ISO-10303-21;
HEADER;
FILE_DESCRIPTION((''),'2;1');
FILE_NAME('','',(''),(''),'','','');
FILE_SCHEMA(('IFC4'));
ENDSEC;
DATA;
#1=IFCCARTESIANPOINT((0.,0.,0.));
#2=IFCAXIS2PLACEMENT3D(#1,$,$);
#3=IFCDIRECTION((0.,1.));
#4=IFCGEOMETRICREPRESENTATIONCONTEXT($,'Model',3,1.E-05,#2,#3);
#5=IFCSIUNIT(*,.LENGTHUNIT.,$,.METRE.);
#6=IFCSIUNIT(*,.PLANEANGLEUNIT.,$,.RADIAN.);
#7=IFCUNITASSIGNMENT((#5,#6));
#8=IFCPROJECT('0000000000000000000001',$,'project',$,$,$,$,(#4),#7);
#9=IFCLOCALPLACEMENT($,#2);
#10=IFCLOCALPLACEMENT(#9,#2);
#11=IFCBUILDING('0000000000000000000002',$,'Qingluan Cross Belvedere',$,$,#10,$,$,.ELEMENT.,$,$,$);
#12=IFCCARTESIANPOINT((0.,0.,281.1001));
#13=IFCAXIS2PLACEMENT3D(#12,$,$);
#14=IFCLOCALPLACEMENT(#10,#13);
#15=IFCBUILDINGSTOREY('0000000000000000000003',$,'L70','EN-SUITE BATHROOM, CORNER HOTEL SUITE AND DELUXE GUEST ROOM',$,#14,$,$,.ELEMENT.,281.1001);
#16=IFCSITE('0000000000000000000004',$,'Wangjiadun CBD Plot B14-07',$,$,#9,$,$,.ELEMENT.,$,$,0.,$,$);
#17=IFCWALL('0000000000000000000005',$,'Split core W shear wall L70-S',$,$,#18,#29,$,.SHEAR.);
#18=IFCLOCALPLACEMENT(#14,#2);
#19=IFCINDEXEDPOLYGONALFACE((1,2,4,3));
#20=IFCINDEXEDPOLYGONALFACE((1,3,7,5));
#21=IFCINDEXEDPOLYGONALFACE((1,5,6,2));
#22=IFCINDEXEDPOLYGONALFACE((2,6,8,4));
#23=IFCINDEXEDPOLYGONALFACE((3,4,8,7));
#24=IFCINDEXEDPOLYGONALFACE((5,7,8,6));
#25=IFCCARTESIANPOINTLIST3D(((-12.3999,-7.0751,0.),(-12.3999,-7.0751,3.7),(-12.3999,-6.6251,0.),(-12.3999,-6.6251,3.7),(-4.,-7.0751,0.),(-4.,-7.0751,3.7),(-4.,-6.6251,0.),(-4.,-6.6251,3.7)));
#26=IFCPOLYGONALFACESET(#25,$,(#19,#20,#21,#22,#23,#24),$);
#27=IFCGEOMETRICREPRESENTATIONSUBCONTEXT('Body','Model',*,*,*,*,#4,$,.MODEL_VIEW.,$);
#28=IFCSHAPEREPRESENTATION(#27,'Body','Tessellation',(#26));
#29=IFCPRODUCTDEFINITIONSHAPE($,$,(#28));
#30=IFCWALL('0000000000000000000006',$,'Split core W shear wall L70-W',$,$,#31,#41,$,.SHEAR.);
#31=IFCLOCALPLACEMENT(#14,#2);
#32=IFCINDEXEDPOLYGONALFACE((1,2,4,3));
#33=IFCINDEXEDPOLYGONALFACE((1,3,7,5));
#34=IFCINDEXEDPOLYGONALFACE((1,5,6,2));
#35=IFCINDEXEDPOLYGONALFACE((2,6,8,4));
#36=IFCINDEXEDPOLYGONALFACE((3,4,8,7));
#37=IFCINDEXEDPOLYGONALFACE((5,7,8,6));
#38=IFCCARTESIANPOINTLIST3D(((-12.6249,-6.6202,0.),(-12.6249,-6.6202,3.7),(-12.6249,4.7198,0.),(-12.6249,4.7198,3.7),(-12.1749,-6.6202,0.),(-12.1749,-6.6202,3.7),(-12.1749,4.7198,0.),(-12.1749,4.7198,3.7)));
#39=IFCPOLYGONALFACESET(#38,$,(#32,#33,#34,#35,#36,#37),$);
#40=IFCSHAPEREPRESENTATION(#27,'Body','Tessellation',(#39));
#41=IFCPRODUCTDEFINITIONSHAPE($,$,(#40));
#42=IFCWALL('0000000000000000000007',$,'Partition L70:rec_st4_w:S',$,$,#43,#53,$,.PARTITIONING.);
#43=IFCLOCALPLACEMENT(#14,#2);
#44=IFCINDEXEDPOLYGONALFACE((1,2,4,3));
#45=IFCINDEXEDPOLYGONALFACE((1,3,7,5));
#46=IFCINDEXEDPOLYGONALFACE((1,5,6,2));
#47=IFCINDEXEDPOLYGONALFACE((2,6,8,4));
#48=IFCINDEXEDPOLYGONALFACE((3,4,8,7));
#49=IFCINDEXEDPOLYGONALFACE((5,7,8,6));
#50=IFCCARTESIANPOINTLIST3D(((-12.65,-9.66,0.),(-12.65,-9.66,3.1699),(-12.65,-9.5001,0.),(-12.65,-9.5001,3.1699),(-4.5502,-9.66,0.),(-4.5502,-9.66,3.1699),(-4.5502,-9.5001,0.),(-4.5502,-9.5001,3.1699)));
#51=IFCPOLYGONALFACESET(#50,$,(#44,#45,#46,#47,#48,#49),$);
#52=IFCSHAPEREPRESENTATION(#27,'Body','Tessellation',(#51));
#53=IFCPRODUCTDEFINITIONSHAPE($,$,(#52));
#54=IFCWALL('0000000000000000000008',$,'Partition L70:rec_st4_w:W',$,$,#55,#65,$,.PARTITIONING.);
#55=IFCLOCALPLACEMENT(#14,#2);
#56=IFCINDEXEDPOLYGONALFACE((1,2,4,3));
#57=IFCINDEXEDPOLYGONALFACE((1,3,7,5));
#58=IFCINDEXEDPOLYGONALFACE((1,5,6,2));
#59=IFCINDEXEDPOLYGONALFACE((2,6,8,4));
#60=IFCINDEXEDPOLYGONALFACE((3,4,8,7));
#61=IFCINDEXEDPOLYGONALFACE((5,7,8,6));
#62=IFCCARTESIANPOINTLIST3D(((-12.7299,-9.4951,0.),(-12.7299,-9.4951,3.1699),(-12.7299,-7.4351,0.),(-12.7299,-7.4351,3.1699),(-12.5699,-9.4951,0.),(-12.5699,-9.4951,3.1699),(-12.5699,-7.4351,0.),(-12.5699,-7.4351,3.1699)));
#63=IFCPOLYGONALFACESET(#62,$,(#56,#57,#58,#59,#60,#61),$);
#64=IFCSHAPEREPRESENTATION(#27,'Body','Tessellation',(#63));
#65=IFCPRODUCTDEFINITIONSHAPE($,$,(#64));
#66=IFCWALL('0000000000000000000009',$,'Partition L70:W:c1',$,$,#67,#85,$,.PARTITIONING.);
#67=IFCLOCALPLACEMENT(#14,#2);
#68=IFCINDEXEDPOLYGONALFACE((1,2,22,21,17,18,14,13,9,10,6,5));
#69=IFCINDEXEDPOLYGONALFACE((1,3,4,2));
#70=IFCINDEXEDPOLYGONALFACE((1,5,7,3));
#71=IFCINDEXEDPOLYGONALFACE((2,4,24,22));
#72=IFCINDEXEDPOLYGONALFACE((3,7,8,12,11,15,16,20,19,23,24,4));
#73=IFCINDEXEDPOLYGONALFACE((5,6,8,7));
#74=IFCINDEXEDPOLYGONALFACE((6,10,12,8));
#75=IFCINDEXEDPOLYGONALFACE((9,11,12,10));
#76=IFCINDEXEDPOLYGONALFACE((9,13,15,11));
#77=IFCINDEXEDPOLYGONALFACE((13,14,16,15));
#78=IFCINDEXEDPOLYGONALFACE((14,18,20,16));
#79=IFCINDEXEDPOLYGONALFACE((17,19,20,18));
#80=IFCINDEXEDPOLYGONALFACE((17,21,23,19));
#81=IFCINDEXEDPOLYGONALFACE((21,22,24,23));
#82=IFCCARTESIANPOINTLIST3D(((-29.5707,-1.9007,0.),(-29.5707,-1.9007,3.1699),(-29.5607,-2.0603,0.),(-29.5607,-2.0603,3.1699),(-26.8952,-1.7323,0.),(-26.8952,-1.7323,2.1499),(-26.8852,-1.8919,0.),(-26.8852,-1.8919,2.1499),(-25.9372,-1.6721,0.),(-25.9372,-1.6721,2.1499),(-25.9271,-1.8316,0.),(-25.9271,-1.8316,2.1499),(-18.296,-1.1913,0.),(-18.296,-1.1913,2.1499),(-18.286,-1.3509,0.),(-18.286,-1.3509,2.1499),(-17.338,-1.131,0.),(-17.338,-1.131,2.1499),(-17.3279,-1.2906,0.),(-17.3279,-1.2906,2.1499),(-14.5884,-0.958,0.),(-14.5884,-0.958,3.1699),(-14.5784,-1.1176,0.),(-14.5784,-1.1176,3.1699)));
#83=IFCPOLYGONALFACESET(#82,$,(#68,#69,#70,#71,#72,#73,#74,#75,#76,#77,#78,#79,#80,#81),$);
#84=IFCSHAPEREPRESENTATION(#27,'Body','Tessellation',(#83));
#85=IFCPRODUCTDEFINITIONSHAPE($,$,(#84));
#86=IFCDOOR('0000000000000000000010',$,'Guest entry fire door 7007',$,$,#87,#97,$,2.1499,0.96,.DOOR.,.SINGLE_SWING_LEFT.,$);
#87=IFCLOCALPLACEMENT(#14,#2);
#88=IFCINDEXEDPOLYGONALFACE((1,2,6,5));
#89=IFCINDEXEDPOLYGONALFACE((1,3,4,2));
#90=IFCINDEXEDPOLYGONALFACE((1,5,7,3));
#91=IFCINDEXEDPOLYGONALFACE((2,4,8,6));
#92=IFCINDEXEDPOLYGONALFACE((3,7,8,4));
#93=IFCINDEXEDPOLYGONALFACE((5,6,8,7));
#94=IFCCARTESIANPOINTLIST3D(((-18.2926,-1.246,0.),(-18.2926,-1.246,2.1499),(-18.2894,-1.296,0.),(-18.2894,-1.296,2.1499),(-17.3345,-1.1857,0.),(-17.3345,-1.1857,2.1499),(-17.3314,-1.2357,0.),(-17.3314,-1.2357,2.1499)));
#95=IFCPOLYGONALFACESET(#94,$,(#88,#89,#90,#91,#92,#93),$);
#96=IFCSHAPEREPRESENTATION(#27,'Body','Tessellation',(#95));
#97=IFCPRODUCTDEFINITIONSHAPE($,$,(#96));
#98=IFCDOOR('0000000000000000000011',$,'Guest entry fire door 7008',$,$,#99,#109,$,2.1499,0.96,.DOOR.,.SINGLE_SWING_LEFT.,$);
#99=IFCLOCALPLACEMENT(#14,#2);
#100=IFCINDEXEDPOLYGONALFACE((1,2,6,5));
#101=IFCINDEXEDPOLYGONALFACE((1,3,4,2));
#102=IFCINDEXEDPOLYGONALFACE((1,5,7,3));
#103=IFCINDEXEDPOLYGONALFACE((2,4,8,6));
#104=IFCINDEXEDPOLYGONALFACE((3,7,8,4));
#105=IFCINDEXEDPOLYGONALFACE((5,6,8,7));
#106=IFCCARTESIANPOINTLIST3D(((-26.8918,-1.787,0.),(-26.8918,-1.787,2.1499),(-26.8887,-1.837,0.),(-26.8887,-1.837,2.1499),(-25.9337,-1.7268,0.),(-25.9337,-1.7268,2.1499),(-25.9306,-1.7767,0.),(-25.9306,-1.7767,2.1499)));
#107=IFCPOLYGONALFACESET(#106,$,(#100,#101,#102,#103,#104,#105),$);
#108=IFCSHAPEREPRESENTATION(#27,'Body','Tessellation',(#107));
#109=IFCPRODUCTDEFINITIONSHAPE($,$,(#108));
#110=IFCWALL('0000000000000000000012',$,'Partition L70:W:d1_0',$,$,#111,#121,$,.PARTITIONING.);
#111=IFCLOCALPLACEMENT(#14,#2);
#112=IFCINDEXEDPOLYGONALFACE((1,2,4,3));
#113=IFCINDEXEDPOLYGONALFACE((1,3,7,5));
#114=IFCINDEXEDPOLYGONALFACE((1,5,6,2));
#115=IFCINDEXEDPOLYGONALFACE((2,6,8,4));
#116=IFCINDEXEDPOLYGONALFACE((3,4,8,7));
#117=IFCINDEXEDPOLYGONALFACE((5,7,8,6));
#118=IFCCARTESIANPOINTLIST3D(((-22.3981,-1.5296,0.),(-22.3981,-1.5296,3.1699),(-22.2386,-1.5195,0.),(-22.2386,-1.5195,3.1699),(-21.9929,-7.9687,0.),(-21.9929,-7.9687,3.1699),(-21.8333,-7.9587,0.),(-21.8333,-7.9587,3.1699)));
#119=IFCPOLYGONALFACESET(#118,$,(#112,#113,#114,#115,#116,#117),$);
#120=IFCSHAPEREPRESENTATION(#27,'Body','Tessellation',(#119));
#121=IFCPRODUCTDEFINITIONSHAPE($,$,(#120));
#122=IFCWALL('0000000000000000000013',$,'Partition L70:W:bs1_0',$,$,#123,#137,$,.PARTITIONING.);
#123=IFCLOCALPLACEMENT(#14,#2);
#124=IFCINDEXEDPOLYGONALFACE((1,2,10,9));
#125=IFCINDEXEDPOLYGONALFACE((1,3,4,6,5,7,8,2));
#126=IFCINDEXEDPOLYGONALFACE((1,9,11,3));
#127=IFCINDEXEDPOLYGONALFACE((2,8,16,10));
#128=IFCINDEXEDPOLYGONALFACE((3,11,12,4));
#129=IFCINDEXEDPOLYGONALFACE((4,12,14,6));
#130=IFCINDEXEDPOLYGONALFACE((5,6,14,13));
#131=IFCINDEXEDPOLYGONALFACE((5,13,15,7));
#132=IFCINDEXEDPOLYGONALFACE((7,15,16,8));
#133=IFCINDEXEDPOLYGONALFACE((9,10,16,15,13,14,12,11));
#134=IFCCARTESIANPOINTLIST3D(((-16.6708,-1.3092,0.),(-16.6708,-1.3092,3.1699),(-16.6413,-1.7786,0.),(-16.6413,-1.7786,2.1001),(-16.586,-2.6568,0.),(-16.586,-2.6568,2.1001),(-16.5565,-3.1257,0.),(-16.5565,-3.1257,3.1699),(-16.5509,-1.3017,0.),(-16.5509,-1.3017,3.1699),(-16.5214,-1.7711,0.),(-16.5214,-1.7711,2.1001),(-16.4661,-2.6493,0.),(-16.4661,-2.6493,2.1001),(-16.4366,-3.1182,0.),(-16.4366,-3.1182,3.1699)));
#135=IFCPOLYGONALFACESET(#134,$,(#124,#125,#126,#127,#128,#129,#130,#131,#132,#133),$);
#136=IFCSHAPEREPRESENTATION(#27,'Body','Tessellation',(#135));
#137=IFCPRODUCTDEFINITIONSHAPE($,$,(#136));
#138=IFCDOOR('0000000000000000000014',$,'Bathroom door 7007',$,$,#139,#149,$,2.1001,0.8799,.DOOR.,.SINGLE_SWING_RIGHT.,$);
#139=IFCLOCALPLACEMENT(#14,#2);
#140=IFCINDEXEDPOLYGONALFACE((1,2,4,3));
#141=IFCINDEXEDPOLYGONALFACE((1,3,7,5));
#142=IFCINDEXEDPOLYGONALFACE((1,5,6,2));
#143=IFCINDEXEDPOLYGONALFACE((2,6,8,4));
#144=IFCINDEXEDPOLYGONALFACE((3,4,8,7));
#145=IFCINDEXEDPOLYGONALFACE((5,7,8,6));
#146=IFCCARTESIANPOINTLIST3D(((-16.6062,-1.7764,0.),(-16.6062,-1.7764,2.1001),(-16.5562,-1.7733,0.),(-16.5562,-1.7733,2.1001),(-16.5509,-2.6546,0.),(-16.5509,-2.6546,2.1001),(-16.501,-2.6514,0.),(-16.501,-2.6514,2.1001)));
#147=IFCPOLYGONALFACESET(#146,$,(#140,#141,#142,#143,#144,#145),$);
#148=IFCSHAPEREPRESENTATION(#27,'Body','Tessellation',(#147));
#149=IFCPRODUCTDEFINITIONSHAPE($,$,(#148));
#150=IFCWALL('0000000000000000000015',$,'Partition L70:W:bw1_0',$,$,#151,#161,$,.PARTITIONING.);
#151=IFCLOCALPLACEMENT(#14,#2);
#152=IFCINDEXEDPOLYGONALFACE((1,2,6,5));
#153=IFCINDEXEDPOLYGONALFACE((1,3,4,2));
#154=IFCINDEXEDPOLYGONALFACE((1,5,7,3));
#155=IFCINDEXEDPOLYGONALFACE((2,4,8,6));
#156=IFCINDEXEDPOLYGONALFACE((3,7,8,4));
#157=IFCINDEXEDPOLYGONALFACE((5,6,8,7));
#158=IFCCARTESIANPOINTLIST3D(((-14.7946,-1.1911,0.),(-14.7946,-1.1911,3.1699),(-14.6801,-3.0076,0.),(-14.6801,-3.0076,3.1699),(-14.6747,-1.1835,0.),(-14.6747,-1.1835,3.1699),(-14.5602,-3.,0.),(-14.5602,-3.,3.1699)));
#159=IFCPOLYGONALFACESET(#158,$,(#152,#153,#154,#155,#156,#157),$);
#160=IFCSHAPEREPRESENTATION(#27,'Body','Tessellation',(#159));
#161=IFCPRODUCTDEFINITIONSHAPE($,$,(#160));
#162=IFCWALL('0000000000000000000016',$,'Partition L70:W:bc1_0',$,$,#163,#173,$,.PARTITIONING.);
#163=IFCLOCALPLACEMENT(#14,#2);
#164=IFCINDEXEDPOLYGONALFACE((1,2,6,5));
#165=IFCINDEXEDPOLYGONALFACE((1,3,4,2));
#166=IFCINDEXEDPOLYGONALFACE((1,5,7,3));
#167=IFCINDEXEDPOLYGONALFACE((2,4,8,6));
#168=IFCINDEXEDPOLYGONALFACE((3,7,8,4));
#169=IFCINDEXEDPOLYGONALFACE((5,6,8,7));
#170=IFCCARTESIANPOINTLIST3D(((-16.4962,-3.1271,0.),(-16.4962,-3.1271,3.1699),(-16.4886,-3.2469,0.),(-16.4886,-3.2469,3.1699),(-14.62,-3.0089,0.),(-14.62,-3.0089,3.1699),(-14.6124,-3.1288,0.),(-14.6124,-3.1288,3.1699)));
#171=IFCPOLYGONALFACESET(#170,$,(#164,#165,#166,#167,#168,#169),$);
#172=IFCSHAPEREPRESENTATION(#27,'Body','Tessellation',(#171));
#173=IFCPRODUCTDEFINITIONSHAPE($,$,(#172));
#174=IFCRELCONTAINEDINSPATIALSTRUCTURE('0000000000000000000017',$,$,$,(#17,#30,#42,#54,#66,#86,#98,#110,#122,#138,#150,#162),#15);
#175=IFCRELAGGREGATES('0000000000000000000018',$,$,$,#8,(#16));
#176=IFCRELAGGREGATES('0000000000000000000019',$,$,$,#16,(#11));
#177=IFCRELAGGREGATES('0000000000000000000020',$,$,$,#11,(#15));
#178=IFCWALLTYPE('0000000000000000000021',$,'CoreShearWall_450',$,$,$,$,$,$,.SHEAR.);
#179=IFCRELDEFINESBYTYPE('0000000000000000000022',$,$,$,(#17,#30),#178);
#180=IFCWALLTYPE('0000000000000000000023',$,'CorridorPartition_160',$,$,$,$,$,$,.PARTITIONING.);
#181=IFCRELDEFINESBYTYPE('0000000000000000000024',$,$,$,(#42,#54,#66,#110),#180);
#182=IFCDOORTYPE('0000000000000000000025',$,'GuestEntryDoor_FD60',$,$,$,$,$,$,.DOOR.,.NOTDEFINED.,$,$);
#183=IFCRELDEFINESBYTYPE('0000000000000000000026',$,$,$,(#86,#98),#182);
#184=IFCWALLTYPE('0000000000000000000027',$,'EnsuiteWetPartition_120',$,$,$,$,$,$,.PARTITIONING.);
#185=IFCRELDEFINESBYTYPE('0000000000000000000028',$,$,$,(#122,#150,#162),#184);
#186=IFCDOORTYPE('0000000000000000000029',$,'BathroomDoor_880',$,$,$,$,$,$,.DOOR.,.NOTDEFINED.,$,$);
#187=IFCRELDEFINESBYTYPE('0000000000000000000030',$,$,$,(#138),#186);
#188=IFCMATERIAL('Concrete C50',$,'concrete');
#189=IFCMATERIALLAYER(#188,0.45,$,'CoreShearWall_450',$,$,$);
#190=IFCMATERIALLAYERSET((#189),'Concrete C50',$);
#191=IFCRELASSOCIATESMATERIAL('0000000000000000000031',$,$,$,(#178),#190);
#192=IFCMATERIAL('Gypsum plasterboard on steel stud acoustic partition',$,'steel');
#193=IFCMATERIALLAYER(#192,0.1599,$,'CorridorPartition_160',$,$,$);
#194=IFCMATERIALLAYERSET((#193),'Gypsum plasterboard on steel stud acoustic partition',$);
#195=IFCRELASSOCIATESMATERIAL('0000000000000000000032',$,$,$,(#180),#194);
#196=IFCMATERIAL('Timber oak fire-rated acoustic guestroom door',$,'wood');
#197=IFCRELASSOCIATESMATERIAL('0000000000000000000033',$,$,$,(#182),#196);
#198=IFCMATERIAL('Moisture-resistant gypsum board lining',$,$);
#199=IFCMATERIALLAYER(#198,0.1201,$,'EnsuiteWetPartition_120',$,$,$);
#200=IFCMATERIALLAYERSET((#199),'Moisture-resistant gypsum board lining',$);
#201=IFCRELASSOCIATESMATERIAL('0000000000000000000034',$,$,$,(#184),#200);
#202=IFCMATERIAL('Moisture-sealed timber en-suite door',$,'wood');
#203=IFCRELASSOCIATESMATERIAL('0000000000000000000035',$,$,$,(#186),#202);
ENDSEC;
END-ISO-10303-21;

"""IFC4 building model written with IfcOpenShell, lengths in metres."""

from ifc_helpers import new_model, si_unit, direction, frame, frame_2d, origin, place, context, subcontext, project, spatial, rectangle, extrude, material, layer, layer_set, type_object, element, fill, save


model = new_model("IFC4")

# Units and contexts
model_context = context("Model", 3, precision=1e-05, world=origin(), true_north=direction((0.0, 1.0)))
body_context = subcontext(model_context, "Body", "Model", "MODEL_VIEW")
ifc_project = project(units=[si_unit("LENGTHUNIT", "METRE"), si_unit("PLANEANGLEUNIT", "RADIAN")], contexts=[model_context])

# Site, building, storey
site_placement = place(None, origin())
site = spatial("IfcSite", under=ifc_project, at=site_placement, Name="Wangjiadun CBD Plot B14-07", CompositionType="ELEMENT", RefElevation=0.0)
building_placement = place(site_placement, origin())
building = spatial("IfcBuilding", under=site, at=building_placement, Name="Qingluan Cross Belvedere", CompositionType="ELEMENT")
storey_placement = place(building_placement, frame((0.0, 0.0, 281.1001)))
storey = spatial("IfcBuildingStorey", under=building, at=storey_placement, Name="L70", Description="EN-SUITE BATHROOM, CORNER HOTEL SUITE AND DELUXE GUEST ROOM", CompositionType="ELEMENT", Elevation=281.1001)

# Walls
ifc_material_1 = material(Name="Concrete C50", Category="concrete")
ifc_layer_1 = layer(ifc_material_1, 0.45, Name="CoreShearWall_450")
ifc_layer_set_1 = layer_set([ifc_layer_1], Name="Concrete C50")
wall_type_1 = type_object("IfcWallType", Name="CoreShearWall_450", PredefinedType="SHEAR", material=ifc_layer_set_1)
wall_1_placement = place(storey_placement, frame((-12.3999, -6.8501, 0.0), z_axis=(0.0, 0.0, 1.0), x_axis=(1.0, 0.0, 0.0)))
element("IfcWall", 1, at=wall_1_placement, inside=storey, type_object=wall_type_1, Name="Split core W shear wall L70-S", PredefinedType="SHEAR", context=body_context, shape_type="SweptSolid", body=[
    extrude(rectangle(XDim=8.3999, YDim=0.45, at=frame_2d((4.2, 0.0))), origin(), (0.0, 0.0, 1.0), 3.7),
])
wall_2_placement = place(storey_placement, frame((-12.3999, -6.6201, 0.0), z_axis=(0.0, 0.0, 1.0), x_axis=(0.0, 1.0, 0.0)))
element("IfcWall", 2, at=wall_2_placement, inside=storey, type_object=wall_type_1, Name="Split core W shear wall L70-W", PredefinedType="SHEAR", context=body_context, shape_type="SweptSolid", body=[
    extrude(rectangle(XDim=11.3401, YDim=0.45, at=frame_2d((5.6699, 0.0))), origin(), (0.0, 0.0, 1.0), 3.7),
])
ifc_material_2 = material(Name="Gypsum plasterboard on steel stud acoustic partition", Category="steel")
ifc_layer_2 = layer(ifc_material_2, 0.1599, Name="CorridorPartition_160")
ifc_layer_set_2 = layer_set([ifc_layer_2], Name="Gypsum plasterboard on steel stud acoustic partition")
wall_type_2 = type_object("IfcWallType", Name="CorridorPartition_160", PredefinedType="PARTITIONING", material=ifc_layer_set_2)
wall_3_placement = place(storey_placement, frame((-12.6499, -9.5801, 0.0), z_axis=(0.0, 0.0, 1.0), x_axis=(1.0, 0.0, 0.0)))
element("IfcWall", 3, at=wall_3_placement, inside=storey, type_object=wall_type_2, Name="Partition L70:rec_st4_w:S", PredefinedType="PARTITIONING", context=body_context, shape_type="SweptSolid", body=[
    extrude(rectangle(XDim=8.0999, YDim=0.1599, at=frame_2d((4.0498, 0.0))), origin(), (0.0, 0.0, 1.0), 3.1699),
])
wall_4_placement = place(storey_placement, frame((-12.6499, -9.4951, 0.0), z_axis=(0.0, 0.0, 1.0), x_axis=(0.0, 1.0, 0.0)))
element("IfcWall", 4, at=wall_4_placement, inside=storey, type_object=wall_type_2, Name="Partition L70:rec_st4_w:W", PredefinedType="PARTITIONING", context=body_context, shape_type="SweptSolid", body=[
    extrude(rectangle(XDim=2.0601, YDim=0.1599, at=frame_2d((1.03, 0.0))), origin(), (0.0, 0.0, 1.0), 3.1699),
])

# Wall, openings, doors
wall_5_placement = place(storey_placement, frame((-14.5835, -1.0378, 0.0), z_axis=(0.0, 0.0, 1.0), x_axis=(-0.998027, -0.062791, 0.0)))
wall_5 = element("IfcWall", 5, at=wall_5_placement, inside=storey, type_object=wall_type_2, Name="Partition L70:W:c1", PredefinedType="PARTITIONING", context=body_context, shape_type="SweptSolid", body=[
    extrude(rectangle(XDim=15.012, YDim=0.1599, at=frame_2d((7.5059, 0.0))), origin(), (0.0, 0.0, 1.0), 3.1699),
])
opening_1_placement = place(wall_5_placement, frame((2.7549, 0.0, 0.0)))
opening_1 = element("IfcOpeningElement", 6, at=opening_1_placement, cuts=wall_5, PredefinedType="OPENING", context=body_context, shape_type="SweptSolid", body=[
    extrude(rectangle(XDim=0.96, YDim=2.1499, at=frame_2d((0.48, 1.075))), frame((0.0, 0.0898, 0.0), z_axis=(0.0, -1.0, 0.0), x_axis=(1.0, 0.0, 0.0)), (0.0, 0.0, 1.0), 0.1799),
])
opening_2_placement = place(wall_5_placement, frame((11.3711, 0.0, 0.0)))
opening_2 = element("IfcOpeningElement", 7, at=opening_2_placement, cuts=wall_5, PredefinedType="OPENING", context=body_context, shape_type="SweptSolid", body=[
    extrude(rectangle(XDim=0.96, YDim=2.1499, at=frame_2d((0.48, 1.075))), frame((0.0, 0.0898, 0.0), z_axis=(0.0, -1.0, 0.0), x_axis=(1.0, 0.0, 0.0)), (0.0, 0.0, 1.0), 0.1799),
])
ifc_material_3 = material(Name="Timber oak fire-rated acoustic guestroom door", Category="wood")
door_type_1 = type_object("IfcDoorType", Name="GuestEntryDoor_FD60", OperationType="NOTDEFINED", PredefinedType="DOOR", material=ifc_material_3)
door_1_placement = place(opening_1_placement, origin())
door_1 = element("IfcDoor", 8, at=door_1_placement, inside=storey, type_object=door_type_1, Name="Guest entry fire door 7007", OperationType="SINGLE_SWING_LEFT", OverallHeight=2.1499, OverallWidth=0.96, PredefinedType="DOOR", context=body_context, shape_type="SweptSolid", body=[
    extrude(rectangle(XDim=0.96, YDim=2.1499, at=frame_2d((0.48, 1.075))), frame((0.0, 0.0249, 0.0), z_axis=(0.0, -1.0, 0.0), x_axis=(1.0, 0.0, 0.0)), (0.0, 0.0, 1.0), 0.05),
])
fill(opening_1, door_1)
door_2_placement = place(opening_2_placement, origin())
door_2 = element("IfcDoor", 9, at=door_2_placement, inside=storey, type_object=door_type_1, Name="Guest entry fire door 7008", OperationType="SINGLE_SWING_LEFT", OverallHeight=2.1499, OverallWidth=0.96, PredefinedType="DOOR", context=body_context, shape_type="SweptSolid", body=[
    extrude(rectangle(XDim=0.96, YDim=2.1499, at=frame_2d((0.48, 1.075))), frame((0.0, 0.0249, 0.0), z_axis=(0.0, -1.0, 0.0), x_axis=(1.0, 0.0, 0.0)), (0.0, 0.0, 1.0), 0.05),
])
fill(opening_2, door_2)

# Wall
wall_6_placement = place(storey_placement, frame((-22.3184, -1.5244, 0.0), z_axis=(0.0, 0.0, 1.0), x_axis=(0.062814, -0.998025, 0.0)))
element("IfcWall", 10, at=wall_6_placement, inside=storey, type_object=wall_type_2, Name="Partition L70:W:d1_0", PredefinedType="PARTITIONING", context=body_context, shape_type="SweptSolid", body=[
    extrude(rectangle(XDim=6.4519, YDim=0.1599, at=frame_2d((3.2261, 0.0))), origin(), (0.0, 0.0, 1.0), 3.1699),
])

# Wall, opening, door
ifc_material_4 = material(Name="Moisture-resistant gypsum board lining")
ifc_layer_3 = layer(ifc_material_4, 0.1201, Name="EnsuiteWetPartition_120")
ifc_layer_set_3 = layer_set([ifc_layer_3], Name="Moisture-resistant gypsum board lining")
wall_type_3 = type_object("IfcWallType", Name="EnsuiteWetPartition_120", PredefinedType="PARTITIONING", material=ifc_layer_set_3)
wall_7_placement = place(storey_placement, frame((-16.4966, -3.1221, 0.0), z_axis=(0.0, 0.0, 1.0), x_axis=(-0.062779, 0.998027, 0.0)))
wall_7 = element("IfcWall", 11, at=wall_7_placement, inside=storey, type_object=wall_type_3, Name="Partition L70:W:bs1_0", PredefinedType="PARTITIONING", context=body_context, shape_type="SweptSolid", body=[
    extrude(rectangle(XDim=1.8201, YDim=0.1201, at=frame_2d((0.9102, 0.0))), origin(), (0.0, 0.0, 1.0), 3.1699),
])
opening_3_placement = place(wall_7_placement, frame((0.47, 0.0, 0.0)))
opening_3 = element("IfcOpeningElement", 12, at=opening_3_placement, cuts=wall_7, PredefinedType="OPENING", context=body_context, shape_type="SweptSolid", body=[
    extrude(rectangle(XDim=0.8799, YDim=2.1001, at=frame_2d((0.4399, 1.05))), frame((0.0, 0.0701, 0.0), z_axis=(0.0, -1.0, 0.0), x_axis=(1.0, 0.0, 0.0)), (0.0, 0.0, 1.0), 0.1401),
])
ifc_material_5 = material(Name="Moisture-sealed timber en-suite door", Category="wood")
door_type_2 = type_object("IfcDoorType", Name="BathroomDoor_880", OperationType="NOTDEFINED", PredefinedType="DOOR", material=ifc_material_5)
door_3_placement = place(opening_3_placement, origin())
door_3 = element("IfcDoor", 13, at=door_3_placement, inside=storey, type_object=door_type_2, Name="Bathroom door 7007", OperationType="SINGLE_SWING_RIGHT", OverallHeight=2.1001, OverallWidth=0.8799, PredefinedType="DOOR", context=body_context, shape_type="SweptSolid", body=[
    extrude(rectangle(XDim=0.8799, YDim=2.1001, at=frame_2d((0.4399, 1.05))), frame((0.0, 0.0249, 0.0), z_axis=(0.0, -1.0, 0.0), x_axis=(1.0, 0.0, 0.0)), (0.0, 0.0, 1.0), 0.05),
])
fill(opening_3, door_3)

# Walls
wall_8_placement = place(storey_placement, frame((-14.6201, -3.0039, 0.0), z_axis=(0.0, 0.0, 1.0), x_axis=(-0.062913, 0.998019, 0.0)))
element("IfcWall", 14, at=wall_8_placement, inside=storey, type_object=wall_type_3, Name="Partition L70:W:bw1_0", PredefinedType="PARTITIONING", context=body_context, shape_type="SweptSolid", body=[
    extrude(rectangle(XDim=1.8201, YDim=0.1201, at=frame_2d((0.9102, 0.0))), origin(), (0.0, 0.0, 1.0), 3.1699),
])
wall_9_placement = place(storey_placement, frame((-14.6162, -3.0688, 0.0), z_axis=(0.0, 0.0, 1.0), x_axis=(-0.998023, -0.062855, 0.0)))
element("IfcWall", 15, at=wall_9_placement, inside=storey, type_object=wall_type_3, Name="Partition L70:W:bc1_0", PredefinedType="PARTITIONING", context=body_context, shape_type="SweptSolid", body=[
    extrude(rectangle(XDim=1.8799, YDim=0.1201, at=frame_2d((0.9399, 0.0))), origin(), (0.0, 0.0, 1.0), 3.1699),
])

save(model, "model.ifc")
